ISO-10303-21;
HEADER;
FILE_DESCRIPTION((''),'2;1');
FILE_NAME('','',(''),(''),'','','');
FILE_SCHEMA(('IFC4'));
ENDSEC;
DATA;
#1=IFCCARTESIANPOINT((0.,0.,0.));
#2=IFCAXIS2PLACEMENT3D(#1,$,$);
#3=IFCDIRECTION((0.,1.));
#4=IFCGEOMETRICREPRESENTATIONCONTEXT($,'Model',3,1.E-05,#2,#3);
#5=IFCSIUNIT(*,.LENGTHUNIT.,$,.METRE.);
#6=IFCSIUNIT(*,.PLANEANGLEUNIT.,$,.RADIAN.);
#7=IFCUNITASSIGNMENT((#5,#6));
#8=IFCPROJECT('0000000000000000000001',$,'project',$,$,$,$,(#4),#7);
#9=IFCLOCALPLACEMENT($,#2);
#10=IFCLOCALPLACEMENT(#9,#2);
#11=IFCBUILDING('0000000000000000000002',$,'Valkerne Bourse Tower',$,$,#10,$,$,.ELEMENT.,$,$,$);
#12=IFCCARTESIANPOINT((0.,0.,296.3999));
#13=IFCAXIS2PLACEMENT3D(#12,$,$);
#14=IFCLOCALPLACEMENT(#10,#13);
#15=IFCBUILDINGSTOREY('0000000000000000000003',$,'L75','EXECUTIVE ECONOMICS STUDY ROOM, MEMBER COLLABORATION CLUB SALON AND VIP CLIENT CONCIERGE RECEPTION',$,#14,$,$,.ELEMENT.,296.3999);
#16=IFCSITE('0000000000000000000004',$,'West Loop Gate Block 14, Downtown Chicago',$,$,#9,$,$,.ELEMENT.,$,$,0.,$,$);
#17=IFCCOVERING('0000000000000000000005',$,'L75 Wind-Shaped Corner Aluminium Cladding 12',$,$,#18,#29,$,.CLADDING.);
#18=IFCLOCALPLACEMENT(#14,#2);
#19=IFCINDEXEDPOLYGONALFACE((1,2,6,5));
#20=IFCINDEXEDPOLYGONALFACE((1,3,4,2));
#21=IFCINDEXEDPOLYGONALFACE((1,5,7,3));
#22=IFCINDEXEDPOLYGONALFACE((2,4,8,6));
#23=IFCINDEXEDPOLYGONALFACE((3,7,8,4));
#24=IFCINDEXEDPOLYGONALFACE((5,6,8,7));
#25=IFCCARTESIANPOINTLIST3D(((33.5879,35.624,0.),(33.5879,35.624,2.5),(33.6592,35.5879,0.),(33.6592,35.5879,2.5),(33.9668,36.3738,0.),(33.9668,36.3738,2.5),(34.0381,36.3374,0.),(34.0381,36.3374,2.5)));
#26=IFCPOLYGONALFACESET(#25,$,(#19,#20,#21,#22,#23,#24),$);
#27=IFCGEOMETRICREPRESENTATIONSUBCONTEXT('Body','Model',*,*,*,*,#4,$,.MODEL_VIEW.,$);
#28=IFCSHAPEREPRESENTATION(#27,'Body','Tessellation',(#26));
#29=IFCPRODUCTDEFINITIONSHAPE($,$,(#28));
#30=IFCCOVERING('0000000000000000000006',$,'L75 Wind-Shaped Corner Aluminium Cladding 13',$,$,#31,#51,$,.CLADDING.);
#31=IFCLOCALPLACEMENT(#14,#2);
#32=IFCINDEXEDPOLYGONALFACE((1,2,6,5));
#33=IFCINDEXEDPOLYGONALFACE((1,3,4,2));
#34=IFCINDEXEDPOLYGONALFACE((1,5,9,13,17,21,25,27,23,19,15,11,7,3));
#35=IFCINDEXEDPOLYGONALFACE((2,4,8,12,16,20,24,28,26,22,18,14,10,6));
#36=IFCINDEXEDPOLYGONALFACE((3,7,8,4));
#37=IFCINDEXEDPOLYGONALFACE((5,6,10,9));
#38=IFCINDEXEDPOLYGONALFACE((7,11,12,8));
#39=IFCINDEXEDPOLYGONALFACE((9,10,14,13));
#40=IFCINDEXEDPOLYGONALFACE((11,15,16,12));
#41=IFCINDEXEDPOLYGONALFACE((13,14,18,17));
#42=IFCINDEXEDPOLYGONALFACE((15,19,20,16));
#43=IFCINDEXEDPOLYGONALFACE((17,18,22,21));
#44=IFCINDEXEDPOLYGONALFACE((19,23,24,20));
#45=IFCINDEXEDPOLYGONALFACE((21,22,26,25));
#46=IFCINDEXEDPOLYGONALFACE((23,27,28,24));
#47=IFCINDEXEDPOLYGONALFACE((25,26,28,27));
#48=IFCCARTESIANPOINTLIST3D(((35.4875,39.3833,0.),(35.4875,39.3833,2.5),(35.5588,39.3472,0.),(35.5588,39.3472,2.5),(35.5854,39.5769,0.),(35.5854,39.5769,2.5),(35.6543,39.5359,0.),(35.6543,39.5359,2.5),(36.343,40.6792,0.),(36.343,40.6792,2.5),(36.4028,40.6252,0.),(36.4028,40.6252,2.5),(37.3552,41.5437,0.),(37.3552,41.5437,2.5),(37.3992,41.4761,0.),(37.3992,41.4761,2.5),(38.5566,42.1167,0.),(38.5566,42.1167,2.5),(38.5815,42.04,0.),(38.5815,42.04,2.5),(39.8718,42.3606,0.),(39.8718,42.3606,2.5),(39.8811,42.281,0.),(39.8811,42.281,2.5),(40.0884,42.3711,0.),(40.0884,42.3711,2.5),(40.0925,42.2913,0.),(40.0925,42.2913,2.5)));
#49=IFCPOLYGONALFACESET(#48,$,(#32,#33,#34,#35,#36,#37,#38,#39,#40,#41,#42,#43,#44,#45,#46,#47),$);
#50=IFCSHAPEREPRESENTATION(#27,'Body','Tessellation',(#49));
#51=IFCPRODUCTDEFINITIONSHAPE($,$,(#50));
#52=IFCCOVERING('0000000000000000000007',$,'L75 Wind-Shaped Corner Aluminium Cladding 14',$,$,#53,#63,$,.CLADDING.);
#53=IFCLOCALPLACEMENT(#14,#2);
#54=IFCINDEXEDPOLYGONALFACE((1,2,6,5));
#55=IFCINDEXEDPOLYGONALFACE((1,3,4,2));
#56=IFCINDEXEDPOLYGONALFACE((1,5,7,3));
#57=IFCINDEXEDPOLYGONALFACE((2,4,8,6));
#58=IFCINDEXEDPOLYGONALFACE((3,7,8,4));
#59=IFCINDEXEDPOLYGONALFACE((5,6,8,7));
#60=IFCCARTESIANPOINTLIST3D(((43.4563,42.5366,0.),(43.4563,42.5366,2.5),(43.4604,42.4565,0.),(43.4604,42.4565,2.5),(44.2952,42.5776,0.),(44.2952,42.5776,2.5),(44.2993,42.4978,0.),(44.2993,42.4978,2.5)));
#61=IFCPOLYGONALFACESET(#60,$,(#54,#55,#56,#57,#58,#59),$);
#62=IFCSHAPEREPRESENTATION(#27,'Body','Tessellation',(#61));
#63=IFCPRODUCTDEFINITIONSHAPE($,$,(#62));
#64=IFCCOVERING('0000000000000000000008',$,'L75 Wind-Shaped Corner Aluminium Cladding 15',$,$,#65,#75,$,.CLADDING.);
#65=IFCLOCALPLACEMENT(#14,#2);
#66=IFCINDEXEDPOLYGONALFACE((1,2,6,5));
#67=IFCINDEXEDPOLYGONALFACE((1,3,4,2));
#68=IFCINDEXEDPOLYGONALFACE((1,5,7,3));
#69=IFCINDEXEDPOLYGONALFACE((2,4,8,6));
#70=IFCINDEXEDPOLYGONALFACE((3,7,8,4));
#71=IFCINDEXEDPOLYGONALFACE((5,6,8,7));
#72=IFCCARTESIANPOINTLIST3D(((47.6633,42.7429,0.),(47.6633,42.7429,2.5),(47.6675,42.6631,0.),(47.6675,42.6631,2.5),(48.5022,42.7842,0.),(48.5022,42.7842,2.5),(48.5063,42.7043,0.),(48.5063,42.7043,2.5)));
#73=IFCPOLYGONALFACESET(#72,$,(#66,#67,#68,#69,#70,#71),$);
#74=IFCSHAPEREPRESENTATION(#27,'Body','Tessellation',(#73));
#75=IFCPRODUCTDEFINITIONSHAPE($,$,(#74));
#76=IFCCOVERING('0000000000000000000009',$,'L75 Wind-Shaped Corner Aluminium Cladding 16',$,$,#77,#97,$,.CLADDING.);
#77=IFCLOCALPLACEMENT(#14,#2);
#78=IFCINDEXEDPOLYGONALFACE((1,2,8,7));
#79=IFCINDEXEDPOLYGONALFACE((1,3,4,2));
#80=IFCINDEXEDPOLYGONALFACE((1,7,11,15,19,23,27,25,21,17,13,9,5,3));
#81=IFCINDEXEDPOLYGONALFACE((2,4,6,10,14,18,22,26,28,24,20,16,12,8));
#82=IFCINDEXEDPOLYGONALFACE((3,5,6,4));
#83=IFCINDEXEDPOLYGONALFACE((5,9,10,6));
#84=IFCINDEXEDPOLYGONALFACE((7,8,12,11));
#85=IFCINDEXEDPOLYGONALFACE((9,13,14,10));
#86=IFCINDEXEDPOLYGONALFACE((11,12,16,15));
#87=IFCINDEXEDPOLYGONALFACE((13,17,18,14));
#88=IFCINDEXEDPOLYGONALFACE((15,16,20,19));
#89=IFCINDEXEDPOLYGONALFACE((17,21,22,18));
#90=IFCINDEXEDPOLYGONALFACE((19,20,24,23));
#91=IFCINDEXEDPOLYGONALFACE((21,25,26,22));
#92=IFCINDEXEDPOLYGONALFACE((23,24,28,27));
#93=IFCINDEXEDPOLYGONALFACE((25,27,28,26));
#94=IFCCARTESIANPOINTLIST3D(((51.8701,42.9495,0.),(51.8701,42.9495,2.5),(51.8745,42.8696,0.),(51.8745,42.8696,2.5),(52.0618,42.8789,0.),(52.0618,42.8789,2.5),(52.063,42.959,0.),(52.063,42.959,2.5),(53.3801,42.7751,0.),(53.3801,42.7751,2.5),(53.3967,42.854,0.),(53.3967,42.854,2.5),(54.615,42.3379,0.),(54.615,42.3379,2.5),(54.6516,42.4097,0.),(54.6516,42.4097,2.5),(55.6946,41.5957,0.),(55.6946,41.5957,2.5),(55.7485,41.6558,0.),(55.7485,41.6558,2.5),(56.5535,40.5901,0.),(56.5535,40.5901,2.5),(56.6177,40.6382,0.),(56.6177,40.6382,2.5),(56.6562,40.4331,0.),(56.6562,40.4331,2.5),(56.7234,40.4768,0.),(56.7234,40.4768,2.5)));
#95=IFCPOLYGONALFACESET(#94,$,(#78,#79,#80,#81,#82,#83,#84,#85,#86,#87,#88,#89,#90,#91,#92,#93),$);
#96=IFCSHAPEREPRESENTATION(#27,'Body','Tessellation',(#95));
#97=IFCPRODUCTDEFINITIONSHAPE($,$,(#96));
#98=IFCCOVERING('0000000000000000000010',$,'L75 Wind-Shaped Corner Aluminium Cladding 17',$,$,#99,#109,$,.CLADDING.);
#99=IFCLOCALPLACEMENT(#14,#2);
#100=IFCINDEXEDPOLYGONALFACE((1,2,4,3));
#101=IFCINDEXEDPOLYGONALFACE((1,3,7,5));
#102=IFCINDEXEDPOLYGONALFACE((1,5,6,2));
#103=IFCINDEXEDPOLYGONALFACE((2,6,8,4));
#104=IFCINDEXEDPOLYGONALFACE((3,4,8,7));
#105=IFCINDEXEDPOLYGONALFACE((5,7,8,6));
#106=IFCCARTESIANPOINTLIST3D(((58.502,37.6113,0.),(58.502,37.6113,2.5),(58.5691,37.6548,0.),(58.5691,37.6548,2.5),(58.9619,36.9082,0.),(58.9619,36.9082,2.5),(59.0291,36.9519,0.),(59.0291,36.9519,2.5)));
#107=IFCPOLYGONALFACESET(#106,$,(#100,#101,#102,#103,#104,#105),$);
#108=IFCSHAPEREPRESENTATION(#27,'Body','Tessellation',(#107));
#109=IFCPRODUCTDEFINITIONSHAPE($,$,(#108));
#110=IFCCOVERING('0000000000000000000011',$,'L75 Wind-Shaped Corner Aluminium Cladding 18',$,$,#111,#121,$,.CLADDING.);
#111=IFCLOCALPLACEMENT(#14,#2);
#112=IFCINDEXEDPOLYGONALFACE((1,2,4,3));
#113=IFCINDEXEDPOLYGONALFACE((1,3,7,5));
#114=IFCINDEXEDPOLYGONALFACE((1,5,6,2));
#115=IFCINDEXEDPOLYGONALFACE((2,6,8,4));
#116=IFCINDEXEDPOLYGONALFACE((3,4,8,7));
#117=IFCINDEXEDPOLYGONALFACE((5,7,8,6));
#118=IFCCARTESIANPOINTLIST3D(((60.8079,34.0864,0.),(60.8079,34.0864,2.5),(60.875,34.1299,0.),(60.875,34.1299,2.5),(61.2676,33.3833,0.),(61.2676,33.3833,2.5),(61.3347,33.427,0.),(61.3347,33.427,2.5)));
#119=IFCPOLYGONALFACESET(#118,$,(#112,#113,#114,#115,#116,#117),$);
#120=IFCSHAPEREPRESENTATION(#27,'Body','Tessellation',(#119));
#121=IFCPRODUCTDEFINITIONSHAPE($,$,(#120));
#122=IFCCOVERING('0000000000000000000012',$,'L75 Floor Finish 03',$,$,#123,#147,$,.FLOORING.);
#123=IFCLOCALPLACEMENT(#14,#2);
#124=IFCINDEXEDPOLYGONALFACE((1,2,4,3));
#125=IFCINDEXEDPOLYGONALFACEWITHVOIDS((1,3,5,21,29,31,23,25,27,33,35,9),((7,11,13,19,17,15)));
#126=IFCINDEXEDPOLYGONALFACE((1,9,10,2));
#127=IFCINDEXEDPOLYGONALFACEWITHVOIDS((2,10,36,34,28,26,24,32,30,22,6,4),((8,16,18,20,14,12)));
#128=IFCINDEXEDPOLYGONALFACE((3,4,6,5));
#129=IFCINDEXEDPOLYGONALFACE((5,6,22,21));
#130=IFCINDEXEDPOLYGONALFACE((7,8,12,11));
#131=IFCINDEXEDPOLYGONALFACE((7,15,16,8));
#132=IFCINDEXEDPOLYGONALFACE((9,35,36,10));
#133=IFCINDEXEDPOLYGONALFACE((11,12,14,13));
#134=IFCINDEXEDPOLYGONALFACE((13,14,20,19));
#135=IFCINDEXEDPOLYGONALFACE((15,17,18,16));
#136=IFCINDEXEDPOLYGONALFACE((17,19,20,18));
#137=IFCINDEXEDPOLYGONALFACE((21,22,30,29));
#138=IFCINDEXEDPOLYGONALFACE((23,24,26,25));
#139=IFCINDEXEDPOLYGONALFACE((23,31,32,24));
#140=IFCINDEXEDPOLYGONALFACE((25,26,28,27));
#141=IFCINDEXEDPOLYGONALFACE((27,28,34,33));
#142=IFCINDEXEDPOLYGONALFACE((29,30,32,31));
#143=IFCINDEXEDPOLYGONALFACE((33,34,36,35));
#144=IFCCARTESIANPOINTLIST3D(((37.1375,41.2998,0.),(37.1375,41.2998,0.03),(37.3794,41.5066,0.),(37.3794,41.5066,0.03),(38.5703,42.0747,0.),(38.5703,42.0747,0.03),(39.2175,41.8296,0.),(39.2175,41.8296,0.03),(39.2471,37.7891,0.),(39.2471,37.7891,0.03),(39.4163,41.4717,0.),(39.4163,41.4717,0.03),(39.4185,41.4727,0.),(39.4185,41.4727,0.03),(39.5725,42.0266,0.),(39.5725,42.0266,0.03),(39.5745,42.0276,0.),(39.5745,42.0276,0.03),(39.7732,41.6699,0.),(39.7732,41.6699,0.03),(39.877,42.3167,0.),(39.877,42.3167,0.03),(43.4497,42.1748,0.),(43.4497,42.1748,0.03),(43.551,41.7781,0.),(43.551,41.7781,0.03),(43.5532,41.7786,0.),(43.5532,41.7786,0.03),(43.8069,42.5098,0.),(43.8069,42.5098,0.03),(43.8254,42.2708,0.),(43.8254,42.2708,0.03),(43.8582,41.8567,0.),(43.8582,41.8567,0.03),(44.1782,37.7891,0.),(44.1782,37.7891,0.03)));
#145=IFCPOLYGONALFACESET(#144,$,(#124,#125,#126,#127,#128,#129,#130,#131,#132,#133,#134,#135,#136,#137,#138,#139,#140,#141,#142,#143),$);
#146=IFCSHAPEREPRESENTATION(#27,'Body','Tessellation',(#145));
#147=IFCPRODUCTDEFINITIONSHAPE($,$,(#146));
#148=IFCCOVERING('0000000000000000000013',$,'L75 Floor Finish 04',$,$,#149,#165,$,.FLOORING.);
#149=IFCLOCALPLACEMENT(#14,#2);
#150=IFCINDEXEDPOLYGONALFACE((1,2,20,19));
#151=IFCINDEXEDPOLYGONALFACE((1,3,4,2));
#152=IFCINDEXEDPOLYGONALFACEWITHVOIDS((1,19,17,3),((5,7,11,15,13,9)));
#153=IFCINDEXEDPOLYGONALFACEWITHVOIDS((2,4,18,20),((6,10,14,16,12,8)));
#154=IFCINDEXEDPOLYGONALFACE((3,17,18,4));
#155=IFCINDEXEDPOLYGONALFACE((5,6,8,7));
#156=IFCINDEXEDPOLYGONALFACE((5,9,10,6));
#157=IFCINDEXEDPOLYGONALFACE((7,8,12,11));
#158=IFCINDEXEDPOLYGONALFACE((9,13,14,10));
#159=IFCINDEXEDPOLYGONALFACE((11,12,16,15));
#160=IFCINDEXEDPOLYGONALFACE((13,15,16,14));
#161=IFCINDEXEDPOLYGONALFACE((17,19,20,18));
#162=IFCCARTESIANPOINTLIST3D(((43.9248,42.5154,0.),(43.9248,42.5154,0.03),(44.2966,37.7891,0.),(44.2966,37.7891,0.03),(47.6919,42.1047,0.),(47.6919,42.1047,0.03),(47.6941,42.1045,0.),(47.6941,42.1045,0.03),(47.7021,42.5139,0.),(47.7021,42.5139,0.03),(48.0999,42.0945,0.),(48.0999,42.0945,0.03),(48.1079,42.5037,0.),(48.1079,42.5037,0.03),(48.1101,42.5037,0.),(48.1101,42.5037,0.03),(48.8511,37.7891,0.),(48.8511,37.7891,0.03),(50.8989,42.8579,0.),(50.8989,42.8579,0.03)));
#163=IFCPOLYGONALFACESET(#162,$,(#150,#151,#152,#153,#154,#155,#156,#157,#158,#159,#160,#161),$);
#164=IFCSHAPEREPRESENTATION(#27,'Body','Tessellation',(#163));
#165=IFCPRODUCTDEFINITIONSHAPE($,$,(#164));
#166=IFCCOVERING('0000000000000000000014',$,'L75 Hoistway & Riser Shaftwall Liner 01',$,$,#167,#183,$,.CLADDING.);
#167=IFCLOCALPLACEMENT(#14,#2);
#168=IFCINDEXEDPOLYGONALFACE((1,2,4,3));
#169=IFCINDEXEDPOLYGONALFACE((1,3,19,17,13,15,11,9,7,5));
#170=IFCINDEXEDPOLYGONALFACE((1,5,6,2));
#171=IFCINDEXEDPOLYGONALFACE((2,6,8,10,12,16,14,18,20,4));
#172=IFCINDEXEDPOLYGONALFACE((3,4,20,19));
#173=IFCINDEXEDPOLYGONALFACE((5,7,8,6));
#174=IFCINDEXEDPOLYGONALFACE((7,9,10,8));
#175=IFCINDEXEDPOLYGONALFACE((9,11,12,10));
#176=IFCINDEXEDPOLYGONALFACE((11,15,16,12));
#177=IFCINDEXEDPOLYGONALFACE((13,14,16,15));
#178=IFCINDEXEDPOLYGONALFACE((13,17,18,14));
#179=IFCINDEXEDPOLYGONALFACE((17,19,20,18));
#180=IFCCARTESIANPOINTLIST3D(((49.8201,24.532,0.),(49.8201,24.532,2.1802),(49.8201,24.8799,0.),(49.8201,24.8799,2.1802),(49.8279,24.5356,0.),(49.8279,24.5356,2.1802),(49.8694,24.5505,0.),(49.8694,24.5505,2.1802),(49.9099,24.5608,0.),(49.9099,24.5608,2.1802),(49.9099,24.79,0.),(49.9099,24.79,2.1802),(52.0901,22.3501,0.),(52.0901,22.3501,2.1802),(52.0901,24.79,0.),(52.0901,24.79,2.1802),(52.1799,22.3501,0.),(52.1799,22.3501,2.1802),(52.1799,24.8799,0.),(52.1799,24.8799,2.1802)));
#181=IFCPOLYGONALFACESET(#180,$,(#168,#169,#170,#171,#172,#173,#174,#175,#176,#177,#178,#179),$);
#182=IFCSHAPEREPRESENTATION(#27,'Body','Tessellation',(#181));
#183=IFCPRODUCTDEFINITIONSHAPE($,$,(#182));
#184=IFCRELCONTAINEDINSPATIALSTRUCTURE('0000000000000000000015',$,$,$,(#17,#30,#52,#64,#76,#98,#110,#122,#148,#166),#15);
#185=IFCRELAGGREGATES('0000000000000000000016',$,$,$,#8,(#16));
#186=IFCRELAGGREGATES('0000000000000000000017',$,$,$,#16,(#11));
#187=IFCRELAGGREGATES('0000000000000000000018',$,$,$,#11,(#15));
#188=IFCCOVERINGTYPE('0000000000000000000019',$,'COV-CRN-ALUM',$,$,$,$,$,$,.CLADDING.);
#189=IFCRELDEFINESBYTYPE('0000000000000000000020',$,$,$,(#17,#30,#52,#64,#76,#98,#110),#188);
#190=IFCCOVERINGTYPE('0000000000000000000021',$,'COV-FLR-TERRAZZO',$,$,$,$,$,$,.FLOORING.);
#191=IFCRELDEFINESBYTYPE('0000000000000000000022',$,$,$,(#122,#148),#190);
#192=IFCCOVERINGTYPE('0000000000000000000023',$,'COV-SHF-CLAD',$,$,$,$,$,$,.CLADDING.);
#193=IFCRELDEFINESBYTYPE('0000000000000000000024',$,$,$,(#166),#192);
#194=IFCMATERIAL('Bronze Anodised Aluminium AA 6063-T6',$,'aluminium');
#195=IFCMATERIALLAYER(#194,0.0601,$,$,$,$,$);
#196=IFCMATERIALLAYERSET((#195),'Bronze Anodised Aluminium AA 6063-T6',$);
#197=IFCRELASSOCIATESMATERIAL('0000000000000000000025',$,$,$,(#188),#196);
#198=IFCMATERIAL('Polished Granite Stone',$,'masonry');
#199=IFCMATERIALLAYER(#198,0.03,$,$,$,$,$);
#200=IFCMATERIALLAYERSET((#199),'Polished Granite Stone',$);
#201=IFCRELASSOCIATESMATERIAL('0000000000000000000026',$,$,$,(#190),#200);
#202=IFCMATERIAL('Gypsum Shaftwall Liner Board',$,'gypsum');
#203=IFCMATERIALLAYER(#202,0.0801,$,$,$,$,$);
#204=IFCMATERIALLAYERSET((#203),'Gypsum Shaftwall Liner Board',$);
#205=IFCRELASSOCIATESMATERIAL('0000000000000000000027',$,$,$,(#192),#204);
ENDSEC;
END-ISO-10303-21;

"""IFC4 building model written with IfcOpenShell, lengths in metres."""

from ifc_helpers import new_model, si_unit, direction, frame, origin, place, context, subcontext, project, spatial, polyline, outline, extrude, material, layer, layer_set, type_object, element, save


model = new_model("IFC4")

# Units and contexts
model_context = context("Model", 3, precision=1e-05, world=origin(), true_north=direction((0.0, 1.0)))
body_context = subcontext(model_context, "Body", "Model", "MODEL_VIEW")
ifc_project = project(units=[si_unit("LENGTHUNIT", "METRE"), si_unit("PLANEANGLEUNIT", "RADIAN")], contexts=[model_context])

# Site, building, storey
site_placement = place(None, origin())
site = spatial("IfcSite", under=ifc_project, at=site_placement, Name="West Loop Gate Block 14, Downtown Chicago", CompositionType="ELEMENT", RefElevation=0.0)
building_placement = place(site_placement, origin())
building = spatial("IfcBuilding", under=site, at=building_placement, Name="Valkerne Bourse Tower", CompositionType="ELEMENT")
storey_placement = place(building_placement, frame((0.0, 0.0, 296.3999)))
storey = spatial("IfcBuildingStorey", under=building, at=storey_placement, Name="L75", Description="EXECUTIVE ECONOMICS STUDY ROOM, MEMBER COLLABORATION CLUB SALON AND VIP CLIENT CONCIERGE RECEPTION", CompositionType="ELEMENT", Elevation=296.3999)

# Coverings
ifc_material_1 = material(Name="Bronze Anodised Aluminium AA 6063-T6", Category="aluminium")
ifc_layer_1 = layer(ifc_material_1, 0.0601)
ifc_layer_set_1 = layer_set([ifc_layer_1], Name="Bronze Anodised Aluminium AA 6063-T6")
covering_type_1 = type_object("IfcCoveringType", Name="COV-CRN-ALUM", PredefinedType="CLADDING", material=ifc_layer_set_1)
covering_1_placement = place(storey_placement, origin())
element("IfcCovering", 1, at=covering_1_placement, inside=storey, type_object=covering_type_1, Name="L75 Wind-Shaped Corner Aluminium Cladding 12", PredefinedType="CLADDING", context=body_context, shape_type="SweptSolid", body=[
    extrude(outline(polyline([(33.9668, 36.3738), (34.0381, 36.3374), (33.6592, 35.5879), (33.5879, 35.624), (33.9668, 36.3738)])), origin(), (0.0, 0.0, 1.0), 2.5),
])
covering_2_placement = place(storey_placement, origin())
element("IfcCovering", 2, at=covering_2_placement, inside=storey, type_object=covering_type_1, Name="L75 Wind-Shaped Corner Aluminium Cladding 13", PredefinedType="CLADDING", context=body_context, shape_type="SweptSolid", body=[
    extrude(outline(polyline([(35.5854, 39.5769), (36.343, 40.6792), (37.3552, 41.5437), (38.5566, 42.1167), (39.8718, 42.3606), (40.0884, 42.3711), (40.0925, 42.2913), (39.8811, 42.281), (38.5815, 42.04), (37.3992, 41.4761), (36.4028, 40.6252), (35.6543, 39.5359), (35.5588, 39.3472), (35.4875, 39.3833), (35.5854, 39.5769)])), origin(), (0.0, 0.0, 1.0), 2.5),
])
covering_3_placement = place(storey_placement, origin())
element("IfcCovering", 3, at=covering_3_placement, inside=storey, type_object=covering_type_1, Name="L75 Wind-Shaped Corner Aluminium Cladding 14", PredefinedType="CLADDING", context=body_context, shape_type="SweptSolid", body=[
    extrude(outline(polyline([(44.2952, 42.5776), (44.2993, 42.4978), (43.4604, 42.4565), (43.4563, 42.5366), (44.2952, 42.5776)])), origin(), (0.0, 0.0, 1.0), 2.5),
])
covering_4_placement = place(storey_placement, origin())
element("IfcCovering", 4, at=covering_4_placement, inside=storey, type_object=covering_type_1, Name="L75 Wind-Shaped Corner Aluminium Cladding 15", PredefinedType="CLADDING", context=body_context, shape_type="SweptSolid", body=[
    extrude(outline(polyline([(48.5022, 42.7842), (48.5063, 42.7043), (47.6675, 42.6631), (47.6633, 42.7429), (48.5022, 42.7842)])), origin(), (0.0, 0.0, 1.0), 2.5),
])
covering_5_placement = place(storey_placement, origin())
element("IfcCovering", 5, at=covering_5_placement, inside=storey, type_object=covering_type_1, Name="L75 Wind-Shaped Corner Aluminium Cladding 16", PredefinedType="CLADDING", context=body_context, shape_type="SweptSolid", body=[
    extrude(outline(polyline([(52.063, 42.959), (53.3967, 42.854), (54.6516, 42.4097), (55.7485, 41.6558), (56.6177, 40.6382), (56.7234, 40.4768), (56.6562, 40.4331), (56.5535, 40.5901), (55.6946, 41.5957), (54.615, 42.3379), (53.3801, 42.7751), (52.0618, 42.8789), (51.8745, 42.8696), (51.8701, 42.9495), (52.063, 42.959)])), origin(), (0.0, 0.0, 1.0), 2.5),
])
covering_6_placement = place(storey_placement, origin())
element("IfcCovering", 6, at=covering_6_placement, inside=storey, type_object=covering_type_1, Name="L75 Wind-Shaped Corner Aluminium Cladding 17", PredefinedType="CLADDING", context=body_context, shape_type="SweptSolid", body=[
    extrude(outline(polyline([(59.0291, 36.9519), (58.9619, 36.9082), (58.502, 37.6113), (58.5691, 37.6548), (59.0291, 36.9519)])), origin(), (0.0, 0.0, 1.0), 2.5),
])
covering_7_placement = place(storey_placement, origin())
element("IfcCovering", 7, at=covering_7_placement, inside=storey, type_object=covering_type_1, Name="L75 Wind-Shaped Corner Aluminium Cladding 18", PredefinedType="CLADDING", context=body_context, shape_type="SweptSolid", body=[
    extrude(outline(polyline([(61.3347, 33.427), (61.2676, 33.3833), (60.8079, 34.0864), (60.875, 34.1299), (61.3347, 33.427)])), origin(), (0.0, 0.0, 1.0), 2.5),
])
ifc_material_2 = material(Name="Polished Granite Stone", Category="masonry")
ifc_layer_2 = layer(ifc_material_2, 0.03)
ifc_layer_set_2 = layer_set([ifc_layer_2], Name="Polished Granite Stone")
covering_type_2 = type_object("IfcCoveringType", Name="COV-FLR-TERRAZZO", PredefinedType="FLOORING", material=ifc_layer_set_2)
covering_8_placement = place(storey_placement, origin())
element("IfcCovering", 8, at=covering_8_placement, inside=storey, type_object=covering_type_2, Name="L75 Floor Finish 03", PredefinedType="FLOORING", context=body_context, shape_type="SweptSolid", body=[
    extrude(outline(polyline([(39.877, 42.3167), (43.8069, 42.5098), (43.8254, 42.2708), (43.4497, 42.1748), (43.551, 41.7781), (43.5532, 41.7786), (43.8582, 41.8567), (44.1782, 37.7891), (39.2471, 37.7891), (37.1375, 41.2998), (37.3794, 41.5066), (38.5703, 42.0747), (39.877, 42.3167)]), holes=[polyline([(39.4185, 41.4727), (39.7732, 41.6699), (39.5745, 42.0276), (39.5725, 42.0266), (39.2175, 41.8296), (39.4163, 41.4717), (39.4185, 41.4727)])]), origin(), (0.0, 0.0, 1.0), 0.03),
])
covering_9_placement = place(storey_placement, origin())
element("IfcCovering", 9, at=covering_9_placement, inside=storey, type_object=covering_type_2, Name="L75 Floor Finish 04", PredefinedType="FLOORING", context=body_context, shape_type="SweptSolid", body=[
    extrude(outline(polyline([(44.2966, 37.7891), (43.9248, 42.5154), (50.8989, 42.8579), (48.8511, 37.7891), (44.2966, 37.7891)]), holes=[polyline([(48.1079, 42.5037), (47.7021, 42.5139), (47.6919, 42.1047), (47.6941, 42.1045), (48.0999, 42.0945), (48.1101, 42.5037), (48.1079, 42.5037)])]), origin(), (0.0, 0.0, 1.0), 0.03),
])
ifc_material_3 = material(Name="Gypsum Shaftwall Liner Board", Category="gypsum")
ifc_layer_3 = layer(ifc_material_3, 0.0801)
ifc_layer_set_3 = layer_set([ifc_layer_3], Name="Gypsum Shaftwall Liner Board")
covering_type_3 = type_object("IfcCoveringType", Name="COV-SHF-CLAD", PredefinedType="CLADDING", material=ifc_layer_set_3)
covering_10_placement = place(storey_placement, origin())
element("IfcCovering", 10, at=covering_10_placement, inside=storey, type_object=covering_type_3, Name="L75 Hoistway & Riser Shaftwall Liner 01", PredefinedType="CLADDING", context=body_context, shape_type="SweptSolid", body=[
    extrude(outline(polyline([(52.1799, 24.8799), (52.1799, 22.3501), (52.0901, 22.3501), (52.0901, 24.79), (49.9099, 24.79), (49.9099, 24.5608), (49.8694, 24.5505), (49.8279, 24.5356), (49.8201, 24.532), (49.8201, 24.8799), (52.1799, 24.8799)])), origin(), (0.0, 0.0, 1.0), 2.1802),
])

save(model, "model.ifc")
